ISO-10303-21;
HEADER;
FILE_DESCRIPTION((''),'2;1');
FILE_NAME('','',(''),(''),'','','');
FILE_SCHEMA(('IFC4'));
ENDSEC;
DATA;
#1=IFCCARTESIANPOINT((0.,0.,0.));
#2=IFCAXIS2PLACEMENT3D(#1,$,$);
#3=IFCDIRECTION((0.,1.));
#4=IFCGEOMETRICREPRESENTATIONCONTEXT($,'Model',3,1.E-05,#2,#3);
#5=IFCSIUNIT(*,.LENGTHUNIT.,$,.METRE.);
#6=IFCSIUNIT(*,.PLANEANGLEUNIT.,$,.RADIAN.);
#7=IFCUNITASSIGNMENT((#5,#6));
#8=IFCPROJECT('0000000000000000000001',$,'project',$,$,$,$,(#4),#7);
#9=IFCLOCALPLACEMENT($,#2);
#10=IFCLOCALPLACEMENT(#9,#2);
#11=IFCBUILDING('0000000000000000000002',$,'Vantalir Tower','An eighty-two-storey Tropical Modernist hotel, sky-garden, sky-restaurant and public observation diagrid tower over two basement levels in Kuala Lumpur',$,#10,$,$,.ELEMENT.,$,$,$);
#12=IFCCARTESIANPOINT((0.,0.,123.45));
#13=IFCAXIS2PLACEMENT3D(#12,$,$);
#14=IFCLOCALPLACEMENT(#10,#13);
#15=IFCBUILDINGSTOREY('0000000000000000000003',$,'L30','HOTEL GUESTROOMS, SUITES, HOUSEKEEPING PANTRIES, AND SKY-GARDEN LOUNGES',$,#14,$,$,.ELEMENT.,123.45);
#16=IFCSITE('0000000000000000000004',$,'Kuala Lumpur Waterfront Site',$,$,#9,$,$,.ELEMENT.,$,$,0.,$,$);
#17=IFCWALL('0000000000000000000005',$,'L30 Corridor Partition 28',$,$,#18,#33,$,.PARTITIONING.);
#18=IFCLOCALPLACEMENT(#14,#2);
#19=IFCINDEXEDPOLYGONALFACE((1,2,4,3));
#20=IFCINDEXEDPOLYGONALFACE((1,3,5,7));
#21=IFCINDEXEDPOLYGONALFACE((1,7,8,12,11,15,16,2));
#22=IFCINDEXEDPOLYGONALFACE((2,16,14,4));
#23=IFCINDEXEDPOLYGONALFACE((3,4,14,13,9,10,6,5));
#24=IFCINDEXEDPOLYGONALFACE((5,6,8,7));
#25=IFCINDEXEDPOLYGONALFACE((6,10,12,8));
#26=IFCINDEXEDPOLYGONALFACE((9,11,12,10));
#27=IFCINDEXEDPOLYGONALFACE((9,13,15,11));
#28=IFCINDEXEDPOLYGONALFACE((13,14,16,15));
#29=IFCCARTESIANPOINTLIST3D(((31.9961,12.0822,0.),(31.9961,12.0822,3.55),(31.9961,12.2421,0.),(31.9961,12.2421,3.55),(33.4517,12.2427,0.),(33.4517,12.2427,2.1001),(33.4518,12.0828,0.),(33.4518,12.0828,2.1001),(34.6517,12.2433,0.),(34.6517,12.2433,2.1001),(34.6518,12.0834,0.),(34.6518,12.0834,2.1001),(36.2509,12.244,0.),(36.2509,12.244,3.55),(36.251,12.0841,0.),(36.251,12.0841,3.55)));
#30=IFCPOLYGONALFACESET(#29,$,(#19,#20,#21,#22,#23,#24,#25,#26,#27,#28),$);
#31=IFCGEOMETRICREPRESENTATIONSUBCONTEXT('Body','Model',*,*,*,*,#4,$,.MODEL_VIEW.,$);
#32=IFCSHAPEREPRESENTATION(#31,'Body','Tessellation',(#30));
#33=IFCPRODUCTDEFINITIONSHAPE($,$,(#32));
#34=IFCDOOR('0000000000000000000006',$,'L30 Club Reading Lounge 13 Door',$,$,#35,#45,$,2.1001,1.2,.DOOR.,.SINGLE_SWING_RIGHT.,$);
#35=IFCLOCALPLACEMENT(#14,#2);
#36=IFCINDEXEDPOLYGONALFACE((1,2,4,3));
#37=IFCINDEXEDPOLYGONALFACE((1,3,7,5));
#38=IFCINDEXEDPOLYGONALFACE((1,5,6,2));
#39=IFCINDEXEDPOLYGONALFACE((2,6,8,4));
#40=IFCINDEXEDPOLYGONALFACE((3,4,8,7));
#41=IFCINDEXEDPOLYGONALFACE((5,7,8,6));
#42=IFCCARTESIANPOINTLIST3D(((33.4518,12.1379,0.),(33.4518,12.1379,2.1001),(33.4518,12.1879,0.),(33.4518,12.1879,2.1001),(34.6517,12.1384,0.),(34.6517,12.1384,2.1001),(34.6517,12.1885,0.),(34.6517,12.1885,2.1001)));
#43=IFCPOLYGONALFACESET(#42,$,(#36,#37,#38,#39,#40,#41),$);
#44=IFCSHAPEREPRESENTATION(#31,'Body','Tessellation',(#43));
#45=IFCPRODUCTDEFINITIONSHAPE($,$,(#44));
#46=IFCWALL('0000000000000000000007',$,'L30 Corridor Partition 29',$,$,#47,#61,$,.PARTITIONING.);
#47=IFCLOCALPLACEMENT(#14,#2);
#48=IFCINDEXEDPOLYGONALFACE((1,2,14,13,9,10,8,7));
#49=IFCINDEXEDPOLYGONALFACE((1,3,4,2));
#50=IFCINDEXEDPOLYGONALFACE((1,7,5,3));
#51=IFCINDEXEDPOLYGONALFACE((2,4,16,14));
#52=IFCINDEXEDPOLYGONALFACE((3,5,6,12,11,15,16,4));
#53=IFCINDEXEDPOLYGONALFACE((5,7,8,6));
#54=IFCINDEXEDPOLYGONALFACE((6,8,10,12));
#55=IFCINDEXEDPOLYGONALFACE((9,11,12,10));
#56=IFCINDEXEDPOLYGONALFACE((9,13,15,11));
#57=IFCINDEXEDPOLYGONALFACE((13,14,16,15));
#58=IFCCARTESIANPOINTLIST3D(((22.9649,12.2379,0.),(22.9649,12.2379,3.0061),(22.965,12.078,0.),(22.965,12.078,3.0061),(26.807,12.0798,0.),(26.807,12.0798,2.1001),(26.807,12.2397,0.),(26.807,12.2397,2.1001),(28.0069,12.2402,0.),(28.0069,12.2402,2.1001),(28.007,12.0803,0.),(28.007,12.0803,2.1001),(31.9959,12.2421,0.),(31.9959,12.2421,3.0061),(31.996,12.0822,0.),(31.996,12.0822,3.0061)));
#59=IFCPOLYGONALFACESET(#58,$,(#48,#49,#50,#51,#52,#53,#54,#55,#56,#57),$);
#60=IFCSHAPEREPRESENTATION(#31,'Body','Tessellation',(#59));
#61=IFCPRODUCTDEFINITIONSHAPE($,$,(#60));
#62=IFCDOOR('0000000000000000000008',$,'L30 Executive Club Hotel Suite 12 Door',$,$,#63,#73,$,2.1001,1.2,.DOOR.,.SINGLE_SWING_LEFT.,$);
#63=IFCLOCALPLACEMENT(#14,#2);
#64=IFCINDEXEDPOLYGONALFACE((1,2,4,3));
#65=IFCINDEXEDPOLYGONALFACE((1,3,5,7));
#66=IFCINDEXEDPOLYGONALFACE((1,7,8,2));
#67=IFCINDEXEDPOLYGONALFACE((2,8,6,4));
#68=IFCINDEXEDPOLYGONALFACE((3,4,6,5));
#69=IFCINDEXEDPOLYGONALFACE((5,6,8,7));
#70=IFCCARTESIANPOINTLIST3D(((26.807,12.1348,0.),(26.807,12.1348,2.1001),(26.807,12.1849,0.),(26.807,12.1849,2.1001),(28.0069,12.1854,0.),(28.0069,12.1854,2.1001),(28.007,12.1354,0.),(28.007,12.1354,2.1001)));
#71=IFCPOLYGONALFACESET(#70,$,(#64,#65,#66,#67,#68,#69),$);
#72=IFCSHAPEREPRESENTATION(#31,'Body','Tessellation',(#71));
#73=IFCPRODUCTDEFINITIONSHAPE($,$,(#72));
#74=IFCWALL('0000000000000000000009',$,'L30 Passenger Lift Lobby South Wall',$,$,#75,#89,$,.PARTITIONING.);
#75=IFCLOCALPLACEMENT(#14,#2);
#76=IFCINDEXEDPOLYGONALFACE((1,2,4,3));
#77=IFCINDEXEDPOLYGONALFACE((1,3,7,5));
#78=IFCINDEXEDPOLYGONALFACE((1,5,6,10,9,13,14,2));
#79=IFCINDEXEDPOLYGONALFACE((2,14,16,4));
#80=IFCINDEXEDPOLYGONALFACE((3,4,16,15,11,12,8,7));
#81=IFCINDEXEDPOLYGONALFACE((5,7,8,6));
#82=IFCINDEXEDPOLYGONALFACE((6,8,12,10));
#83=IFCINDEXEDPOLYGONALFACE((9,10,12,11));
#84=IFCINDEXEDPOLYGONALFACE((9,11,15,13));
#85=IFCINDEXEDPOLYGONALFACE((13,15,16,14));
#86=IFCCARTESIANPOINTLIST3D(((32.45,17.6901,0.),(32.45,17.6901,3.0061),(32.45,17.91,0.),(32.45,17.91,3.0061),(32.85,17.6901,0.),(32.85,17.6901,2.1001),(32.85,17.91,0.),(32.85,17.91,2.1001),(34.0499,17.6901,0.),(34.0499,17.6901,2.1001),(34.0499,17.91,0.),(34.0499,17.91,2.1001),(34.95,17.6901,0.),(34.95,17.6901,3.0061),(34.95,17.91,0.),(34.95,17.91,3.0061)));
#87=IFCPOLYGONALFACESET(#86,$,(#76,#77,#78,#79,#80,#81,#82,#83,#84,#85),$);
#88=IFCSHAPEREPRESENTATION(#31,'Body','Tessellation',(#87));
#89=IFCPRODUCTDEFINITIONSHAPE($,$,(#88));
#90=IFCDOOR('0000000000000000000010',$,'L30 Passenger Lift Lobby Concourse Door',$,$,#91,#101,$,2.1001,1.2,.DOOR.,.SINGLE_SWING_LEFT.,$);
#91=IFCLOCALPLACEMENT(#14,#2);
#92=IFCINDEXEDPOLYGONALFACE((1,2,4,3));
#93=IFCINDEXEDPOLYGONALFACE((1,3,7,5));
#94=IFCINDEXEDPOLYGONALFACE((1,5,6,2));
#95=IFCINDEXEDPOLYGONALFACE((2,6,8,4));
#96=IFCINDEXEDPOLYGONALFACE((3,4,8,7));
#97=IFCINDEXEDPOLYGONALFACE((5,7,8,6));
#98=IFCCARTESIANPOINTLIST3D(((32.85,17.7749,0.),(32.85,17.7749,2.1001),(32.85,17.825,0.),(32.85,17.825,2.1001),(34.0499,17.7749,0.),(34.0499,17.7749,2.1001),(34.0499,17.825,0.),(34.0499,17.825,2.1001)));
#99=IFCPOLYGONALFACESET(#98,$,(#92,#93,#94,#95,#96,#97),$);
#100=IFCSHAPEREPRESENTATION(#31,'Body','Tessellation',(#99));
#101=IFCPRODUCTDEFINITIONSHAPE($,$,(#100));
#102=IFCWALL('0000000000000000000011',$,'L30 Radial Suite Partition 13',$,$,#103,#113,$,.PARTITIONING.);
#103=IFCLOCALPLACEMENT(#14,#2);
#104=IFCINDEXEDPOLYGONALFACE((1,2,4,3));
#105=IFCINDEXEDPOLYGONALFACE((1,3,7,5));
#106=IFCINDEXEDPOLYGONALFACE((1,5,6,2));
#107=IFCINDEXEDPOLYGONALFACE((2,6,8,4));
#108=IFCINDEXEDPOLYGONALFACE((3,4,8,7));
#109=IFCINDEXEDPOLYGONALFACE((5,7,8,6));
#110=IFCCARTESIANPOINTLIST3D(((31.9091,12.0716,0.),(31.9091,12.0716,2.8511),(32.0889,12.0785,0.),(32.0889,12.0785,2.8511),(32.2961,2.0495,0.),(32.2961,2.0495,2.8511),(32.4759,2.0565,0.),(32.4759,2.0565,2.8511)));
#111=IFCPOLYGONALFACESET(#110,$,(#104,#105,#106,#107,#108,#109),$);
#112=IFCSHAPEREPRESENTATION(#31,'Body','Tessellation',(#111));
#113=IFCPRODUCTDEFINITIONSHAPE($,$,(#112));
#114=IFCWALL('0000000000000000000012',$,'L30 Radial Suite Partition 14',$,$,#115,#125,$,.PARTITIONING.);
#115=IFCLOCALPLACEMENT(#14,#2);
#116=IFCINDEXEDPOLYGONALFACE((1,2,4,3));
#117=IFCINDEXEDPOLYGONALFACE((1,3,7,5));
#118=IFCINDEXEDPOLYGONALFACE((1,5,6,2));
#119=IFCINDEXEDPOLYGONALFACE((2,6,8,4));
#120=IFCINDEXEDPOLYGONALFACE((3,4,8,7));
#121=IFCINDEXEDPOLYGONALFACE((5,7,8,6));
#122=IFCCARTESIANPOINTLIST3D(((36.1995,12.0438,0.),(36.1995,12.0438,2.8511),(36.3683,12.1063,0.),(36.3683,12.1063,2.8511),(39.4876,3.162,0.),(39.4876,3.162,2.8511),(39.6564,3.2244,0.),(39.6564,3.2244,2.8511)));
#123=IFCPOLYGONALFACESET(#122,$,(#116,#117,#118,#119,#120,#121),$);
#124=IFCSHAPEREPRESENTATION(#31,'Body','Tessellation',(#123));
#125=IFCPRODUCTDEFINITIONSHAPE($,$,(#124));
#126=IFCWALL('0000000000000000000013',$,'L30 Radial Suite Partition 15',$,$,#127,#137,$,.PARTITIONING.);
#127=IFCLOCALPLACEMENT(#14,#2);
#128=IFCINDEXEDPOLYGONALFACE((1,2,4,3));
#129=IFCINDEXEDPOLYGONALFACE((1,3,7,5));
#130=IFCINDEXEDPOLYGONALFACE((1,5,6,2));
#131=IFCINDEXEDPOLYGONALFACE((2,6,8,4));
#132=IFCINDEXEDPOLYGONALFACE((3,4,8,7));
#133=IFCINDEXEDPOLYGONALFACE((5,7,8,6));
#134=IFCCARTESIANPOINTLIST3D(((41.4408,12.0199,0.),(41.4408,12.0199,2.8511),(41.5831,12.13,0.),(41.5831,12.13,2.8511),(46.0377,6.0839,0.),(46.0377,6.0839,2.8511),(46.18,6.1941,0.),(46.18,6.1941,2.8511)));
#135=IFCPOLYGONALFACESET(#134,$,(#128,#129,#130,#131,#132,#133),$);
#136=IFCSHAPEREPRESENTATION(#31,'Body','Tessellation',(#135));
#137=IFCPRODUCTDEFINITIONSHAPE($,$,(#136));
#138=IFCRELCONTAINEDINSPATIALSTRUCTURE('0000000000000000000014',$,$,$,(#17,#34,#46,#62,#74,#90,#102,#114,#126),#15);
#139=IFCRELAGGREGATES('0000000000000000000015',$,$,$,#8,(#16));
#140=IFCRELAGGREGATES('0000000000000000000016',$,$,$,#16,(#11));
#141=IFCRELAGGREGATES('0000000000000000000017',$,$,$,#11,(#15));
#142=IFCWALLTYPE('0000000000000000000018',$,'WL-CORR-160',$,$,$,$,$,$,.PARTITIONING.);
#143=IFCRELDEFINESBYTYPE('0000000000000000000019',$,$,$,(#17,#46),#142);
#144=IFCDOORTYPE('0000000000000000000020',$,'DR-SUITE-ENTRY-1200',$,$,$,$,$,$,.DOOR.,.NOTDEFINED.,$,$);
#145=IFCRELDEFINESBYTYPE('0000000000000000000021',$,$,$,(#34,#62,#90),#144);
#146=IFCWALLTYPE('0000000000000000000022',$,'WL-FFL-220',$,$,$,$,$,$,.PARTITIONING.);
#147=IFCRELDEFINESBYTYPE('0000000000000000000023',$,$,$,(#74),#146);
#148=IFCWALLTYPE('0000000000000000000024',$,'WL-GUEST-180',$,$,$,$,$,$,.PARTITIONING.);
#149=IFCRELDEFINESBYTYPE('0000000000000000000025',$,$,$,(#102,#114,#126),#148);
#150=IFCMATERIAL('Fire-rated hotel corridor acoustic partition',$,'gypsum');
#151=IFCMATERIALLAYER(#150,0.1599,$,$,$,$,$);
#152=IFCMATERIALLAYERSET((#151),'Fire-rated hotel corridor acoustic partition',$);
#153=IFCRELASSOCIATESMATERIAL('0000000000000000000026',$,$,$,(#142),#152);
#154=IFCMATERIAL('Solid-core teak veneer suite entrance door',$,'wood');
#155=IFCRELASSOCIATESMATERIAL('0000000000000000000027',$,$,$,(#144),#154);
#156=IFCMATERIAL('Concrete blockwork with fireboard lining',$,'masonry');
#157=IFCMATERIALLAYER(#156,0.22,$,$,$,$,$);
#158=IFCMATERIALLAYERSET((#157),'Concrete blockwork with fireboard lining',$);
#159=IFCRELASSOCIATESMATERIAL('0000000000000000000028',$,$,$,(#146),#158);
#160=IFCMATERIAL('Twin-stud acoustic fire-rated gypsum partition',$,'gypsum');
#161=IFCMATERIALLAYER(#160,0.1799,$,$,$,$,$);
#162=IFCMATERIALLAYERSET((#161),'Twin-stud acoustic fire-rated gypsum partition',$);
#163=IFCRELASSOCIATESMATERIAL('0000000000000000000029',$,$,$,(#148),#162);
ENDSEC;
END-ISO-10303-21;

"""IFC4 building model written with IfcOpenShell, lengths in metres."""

from ifc_helpers import new_model, si_unit, direction, frame, frame_2d, origin, place, context, subcontext, project, spatial, rectangle, extrude, material, layer, layer_set, type_object, element, fill, save


model = new_model("IFC4")

# Units and contexts
model_context = context("Model", 3, precision=1e-05, world=origin(), true_north=direction((0.0, 1.0)))
body_context = subcontext(model_context, "Body", "Model", "MODEL_VIEW")
ifc_project = project(units=[si_unit("LENGTHUNIT", "METRE"), si_unit("PLANEANGLEUNIT", "RADIAN")], contexts=[model_context])

# Site, building, storey
site_placement = place(None, origin())
site = spatial("IfcSite", under=ifc_project, at=site_placement, Name="Kuala Lumpur Waterfront Site", CompositionType="ELEMENT", RefElevation=0.0)
building_placement = place(site_placement, origin())
building = spatial("IfcBuilding", under=site, at=building_placement, Name="Vantalir Tower", Description="An eighty-two-storey Tropical Modernist hotel, sky-garden, sky-restaurant and public observation diagrid tower over two basement levels in Kuala Lumpur", CompositionType="ELEMENT")
storey_placement = place(building_placement, frame((0.0, 0.0, 123.45)))
storey = spatial("IfcBuildingStorey", under=building, at=storey_placement, Name="L30", Description="HOTEL GUESTROOMS, SUITES, HOUSEKEEPING PANTRIES, AND SKY-GARDEN LOUNGES", CompositionType="ELEMENT", Elevation=123.45)

# Shared definitions
ifc_material_1 = material(Name="Fire-rated hotel corridor acoustic partition", Category="gypsum")
ifc_layer_1 = layer(ifc_material_1, 0.1599)
ifc_layer_set_1 = layer_set([ifc_layer_1], Name="Fire-rated hotel corridor acoustic partition")
wall_type_1 = type_object("IfcWallType", Name="WL-CORR-160", PredefinedType="PARTITIONING", material=ifc_layer_set_1)

# Walls, openings, doors
ifc_material_2 = material(Name="Solid-core teak veneer suite entrance door", Category="wood")
door_type_1 = type_object("IfcDoorType", Name="DR-SUITE-ENTRY-1200", OperationType="NOTDEFINED", PredefinedType="DOOR", material=ifc_material_2)
wall_1_placement = place(storey_placement, frame((36.251, 12.1641, 0.0), z_axis=(0.0, 0.0, 1.0), x_axis=(-1.0, -0.000459, 0.0)))
wall_1 = element("IfcWall", 1, at=wall_1_placement, inside=storey, type_object=wall_type_1, Name="L30 Corridor Partition 28", PredefinedType="PARTITIONING", context=body_context, shape_type="SweptSolid", body=[
    extrude(rectangle(XDim=4.2549, YDim=0.1599, at=frame_2d((2.1274, 0.0))), origin(), (0.0, 0.0, 1.0), 3.55),
])
opening_1_placement = place(wall_1_placement, frame((1.5991, 0.0, 0.0)))
opening_1 = element("IfcOpeningElement", 2, at=opening_1_placement, cuts=wall_1, PredefinedType="OPENING", context=body_context, shape_type="SweptSolid", body=[
    extrude(rectangle(XDim=1.2, YDim=2.1001, at=frame_2d((0.6001, 1.05))), frame((0.0, 0.0898, 0.0), z_axis=(0.0, -1.0, 0.0), x_axis=(1.0, 0.0, 0.0)), (0.0, 0.0, 1.0), 0.1799),
])
door_1_placement = place(opening_1_placement, origin())
door_1 = element("IfcDoor", 3, at=door_1_placement, inside=storey, type_object=door_type_1, Name="L30 Club Reading Lounge 13 Door", OperationType="SINGLE_SWING_RIGHT", OverallHeight=2.1001, OverallWidth=1.2, PredefinedType="DOOR", context=body_context, shape_type="SweptSolid", body=[
    extrude(rectangle(XDim=1.2, YDim=2.1001, at=frame_2d((0.6001, 1.05))), frame((0.0, 0.0249, 0.0), z_axis=(0.0, -1.0, 0.0), x_axis=(1.0, 0.0, 0.0)), (0.0, 0.0, 1.0), 0.05),
])
fill(opening_1, door_1)
wall_2_placement = place(storey_placement, frame((31.9961, 12.1621, 0.0), z_axis=(0.0, 0.0, 1.0), x_axis=(-1.0, -0.00046, 0.0)))
wall_2 = element("IfcWall", 4, at=wall_2_placement, inside=storey, type_object=wall_type_1, Name="L30 Corridor Partition 29", PredefinedType="PARTITIONING", context=body_context, shape_type="SweptSolid", body=[
    extrude(rectangle(XDim=9.031, YDim=0.1599, at=frame_2d((4.5156, 0.0))), origin(), (0.0, 0.0, 1.0), 3.0061),
])
opening_2_placement = place(wall_2_placement, frame((3.989, 0.0, 0.0)))
opening_2 = element("IfcOpeningElement", 5, at=opening_2_placement, cuts=wall_2, PredefinedType="OPENING", context=body_context, shape_type="SweptSolid", body=[
    extrude(rectangle(XDim=1.2, YDim=2.1001, at=frame_2d((0.6001, 1.05))), frame((0.0, 0.0898, 0.0), z_axis=(0.0, -1.0, 0.0), x_axis=(1.0, 0.0, 0.0)), (0.0, 0.0, 1.0), 0.1799),
])
door_2_placement = place(opening_2_placement, origin())
door_2 = element("IfcDoor", 6, at=door_2_placement, inside=storey, type_object=door_type_1, Name="L30 Executive Club Hotel Suite 12 Door", OperationType="SINGLE_SWING_LEFT", OverallHeight=2.1001, OverallWidth=1.2, PredefinedType="DOOR", context=body_context, shape_type="SweptSolid", body=[
    extrude(rectangle(XDim=1.2, YDim=2.1001, at=frame_2d((0.6001, 1.05))), frame((0.0, 0.0249, 0.0), z_axis=(0.0, -1.0, 0.0), x_axis=(1.0, 0.0, 0.0)), (0.0, 0.0, 1.0), 0.05),
])
fill(opening_2, door_2)
ifc_material_3 = material(Name="Concrete blockwork with fireboard lining", Category="masonry")
ifc_layer_2 = layer(ifc_material_3, 0.22)
ifc_layer_set_2 = layer_set([ifc_layer_2], Name="Concrete blockwork with fireboard lining")
wall_type_2 = type_object("IfcWallType", Name="WL-FFL-220", PredefinedType="PARTITIONING", material=ifc_layer_set_2)
wall_3_placement = place(storey_placement, frame((32.45, 17.8, 0.0), z_axis=(0.0, 0.0, 1.0), x_axis=(1.0, 0.0, 0.0)))
wall_3 = element("IfcWall", 7, at=wall_3_placement, inside=storey, type_object=wall_type_2, Name="L30 Passenger Lift Lobby South Wall", PredefinedType="PARTITIONING", context=body_context, shape_type="SweptSolid", body=[
    extrude(rectangle(XDim=2.5, YDim=0.22, at=frame_2d((1.25, 0.0))), origin(), (0.0, 0.0, 1.0), 3.0061),
])
opening_3_placement = place(wall_3_placement, frame((0.3999, 0.0, 0.0)))
opening_3 = element("IfcOpeningElement", 8, at=opening_3_placement, cuts=wall_3, PredefinedType="OPENING", context=body_context, shape_type="SweptSolid", body=[
    extrude(rectangle(XDim=1.2, YDim=2.1001, at=frame_2d((0.6001, 1.05))), frame((0.0, 0.1199, 0.0), z_axis=(0.0, -1.0, 0.0), x_axis=(1.0, 0.0, 0.0)), (0.0, 0.0, 1.0), 0.24),
])
door_3_placement = place(opening_3_placement, origin())
door_3 = element("IfcDoor", 9, at=door_3_placement, inside=storey, type_object=door_type_1, Name="L30 Passenger Lift Lobby Concourse Door", OperationType="SINGLE_SWING_LEFT", OverallHeight=2.1001, OverallWidth=1.2, PredefinedType="DOOR", context=body_context, shape_type="SweptSolid", body=[
    extrude(rectangle(XDim=1.2, YDim=2.1001, at=frame_2d((0.6001, 1.05))), frame((0.0, 0.0249, 0.0), z_axis=(0.0, -1.0, 0.0), x_axis=(1.0, 0.0, 0.0)), (0.0, 0.0, 1.0), 0.05),
])
fill(opening_3, door_3)

# Walls
ifc_material_4 = material(Name="Twin-stud acoustic fire-rated gypsum partition", Category="gypsum")
ifc_layer_3 = layer(ifc_material_4, 0.1799)
ifc_layer_set_3 = layer_set([ifc_layer_3], Name="Twin-stud acoustic fire-rated gypsum partition")
wall_type_3 = type_object("IfcWallType", Name="WL-GUEST-180", PredefinedType="PARTITIONING", material=ifc_layer_set_3)
wall_4_placement = place(storey_placement, frame((31.999, 12.075, 0.0), z_axis=(0.0, 0.0, 1.0), x_axis=(0.038583, -0.999255, 0.0)))
element("IfcWall", 10, at=wall_4_placement, inside=storey, type_object=wall_type_3, Name="L30 Radial Suite Partition 13", PredefinedType="PARTITIONING", context=body_context, shape_type="SweptSolid", body=[
    extrude(rectangle(XDim=10.0295, YDim=0.1799, at=frame_2d((5.0146, 0.0))), origin(), (0.0, 0.0, 1.0), 2.8511),
])
wall_5_placement = place(storey_placement, frame((36.2839, 12.075, 0.0), z_axis=(0.0, 0.0, 1.0), x_axis=(0.347177, -0.9378, 0.0)))
element("IfcWall", 11, at=wall_5_placement, inside=storey, type_object=wall_type_3, Name="L30 Radial Suite Partition 14", PredefinedType="PARTITIONING", context=body_context, shape_type="SweptSolid", body=[
    extrude(rectangle(XDim=9.4709, YDim=0.1799, at=frame_2d((4.7354, 0.0))), origin(), (0.0, 0.0, 1.0), 2.8511),
])
wall_6_placement = place(storey_placement, frame((41.512, 12.075, 0.0), z_axis=(0.0, 0.0, 1.0), x_axis=(0.61228, -0.790641, 0.0)))
element("IfcWall", 12, at=wall_6_placement, inside=storey, type_object=wall_type_3, Name="L30 Radial Suite Partition 15", PredefinedType="PARTITIONING", context=body_context, shape_type="SweptSolid", body=[
    extrude(rectangle(XDim=7.5078, YDim=0.1799, at=frame_2d((3.7539, 0.0))), origin(), (0.0, 0.0, 1.0), 2.8511),
])

save(model, "model.ifc")
